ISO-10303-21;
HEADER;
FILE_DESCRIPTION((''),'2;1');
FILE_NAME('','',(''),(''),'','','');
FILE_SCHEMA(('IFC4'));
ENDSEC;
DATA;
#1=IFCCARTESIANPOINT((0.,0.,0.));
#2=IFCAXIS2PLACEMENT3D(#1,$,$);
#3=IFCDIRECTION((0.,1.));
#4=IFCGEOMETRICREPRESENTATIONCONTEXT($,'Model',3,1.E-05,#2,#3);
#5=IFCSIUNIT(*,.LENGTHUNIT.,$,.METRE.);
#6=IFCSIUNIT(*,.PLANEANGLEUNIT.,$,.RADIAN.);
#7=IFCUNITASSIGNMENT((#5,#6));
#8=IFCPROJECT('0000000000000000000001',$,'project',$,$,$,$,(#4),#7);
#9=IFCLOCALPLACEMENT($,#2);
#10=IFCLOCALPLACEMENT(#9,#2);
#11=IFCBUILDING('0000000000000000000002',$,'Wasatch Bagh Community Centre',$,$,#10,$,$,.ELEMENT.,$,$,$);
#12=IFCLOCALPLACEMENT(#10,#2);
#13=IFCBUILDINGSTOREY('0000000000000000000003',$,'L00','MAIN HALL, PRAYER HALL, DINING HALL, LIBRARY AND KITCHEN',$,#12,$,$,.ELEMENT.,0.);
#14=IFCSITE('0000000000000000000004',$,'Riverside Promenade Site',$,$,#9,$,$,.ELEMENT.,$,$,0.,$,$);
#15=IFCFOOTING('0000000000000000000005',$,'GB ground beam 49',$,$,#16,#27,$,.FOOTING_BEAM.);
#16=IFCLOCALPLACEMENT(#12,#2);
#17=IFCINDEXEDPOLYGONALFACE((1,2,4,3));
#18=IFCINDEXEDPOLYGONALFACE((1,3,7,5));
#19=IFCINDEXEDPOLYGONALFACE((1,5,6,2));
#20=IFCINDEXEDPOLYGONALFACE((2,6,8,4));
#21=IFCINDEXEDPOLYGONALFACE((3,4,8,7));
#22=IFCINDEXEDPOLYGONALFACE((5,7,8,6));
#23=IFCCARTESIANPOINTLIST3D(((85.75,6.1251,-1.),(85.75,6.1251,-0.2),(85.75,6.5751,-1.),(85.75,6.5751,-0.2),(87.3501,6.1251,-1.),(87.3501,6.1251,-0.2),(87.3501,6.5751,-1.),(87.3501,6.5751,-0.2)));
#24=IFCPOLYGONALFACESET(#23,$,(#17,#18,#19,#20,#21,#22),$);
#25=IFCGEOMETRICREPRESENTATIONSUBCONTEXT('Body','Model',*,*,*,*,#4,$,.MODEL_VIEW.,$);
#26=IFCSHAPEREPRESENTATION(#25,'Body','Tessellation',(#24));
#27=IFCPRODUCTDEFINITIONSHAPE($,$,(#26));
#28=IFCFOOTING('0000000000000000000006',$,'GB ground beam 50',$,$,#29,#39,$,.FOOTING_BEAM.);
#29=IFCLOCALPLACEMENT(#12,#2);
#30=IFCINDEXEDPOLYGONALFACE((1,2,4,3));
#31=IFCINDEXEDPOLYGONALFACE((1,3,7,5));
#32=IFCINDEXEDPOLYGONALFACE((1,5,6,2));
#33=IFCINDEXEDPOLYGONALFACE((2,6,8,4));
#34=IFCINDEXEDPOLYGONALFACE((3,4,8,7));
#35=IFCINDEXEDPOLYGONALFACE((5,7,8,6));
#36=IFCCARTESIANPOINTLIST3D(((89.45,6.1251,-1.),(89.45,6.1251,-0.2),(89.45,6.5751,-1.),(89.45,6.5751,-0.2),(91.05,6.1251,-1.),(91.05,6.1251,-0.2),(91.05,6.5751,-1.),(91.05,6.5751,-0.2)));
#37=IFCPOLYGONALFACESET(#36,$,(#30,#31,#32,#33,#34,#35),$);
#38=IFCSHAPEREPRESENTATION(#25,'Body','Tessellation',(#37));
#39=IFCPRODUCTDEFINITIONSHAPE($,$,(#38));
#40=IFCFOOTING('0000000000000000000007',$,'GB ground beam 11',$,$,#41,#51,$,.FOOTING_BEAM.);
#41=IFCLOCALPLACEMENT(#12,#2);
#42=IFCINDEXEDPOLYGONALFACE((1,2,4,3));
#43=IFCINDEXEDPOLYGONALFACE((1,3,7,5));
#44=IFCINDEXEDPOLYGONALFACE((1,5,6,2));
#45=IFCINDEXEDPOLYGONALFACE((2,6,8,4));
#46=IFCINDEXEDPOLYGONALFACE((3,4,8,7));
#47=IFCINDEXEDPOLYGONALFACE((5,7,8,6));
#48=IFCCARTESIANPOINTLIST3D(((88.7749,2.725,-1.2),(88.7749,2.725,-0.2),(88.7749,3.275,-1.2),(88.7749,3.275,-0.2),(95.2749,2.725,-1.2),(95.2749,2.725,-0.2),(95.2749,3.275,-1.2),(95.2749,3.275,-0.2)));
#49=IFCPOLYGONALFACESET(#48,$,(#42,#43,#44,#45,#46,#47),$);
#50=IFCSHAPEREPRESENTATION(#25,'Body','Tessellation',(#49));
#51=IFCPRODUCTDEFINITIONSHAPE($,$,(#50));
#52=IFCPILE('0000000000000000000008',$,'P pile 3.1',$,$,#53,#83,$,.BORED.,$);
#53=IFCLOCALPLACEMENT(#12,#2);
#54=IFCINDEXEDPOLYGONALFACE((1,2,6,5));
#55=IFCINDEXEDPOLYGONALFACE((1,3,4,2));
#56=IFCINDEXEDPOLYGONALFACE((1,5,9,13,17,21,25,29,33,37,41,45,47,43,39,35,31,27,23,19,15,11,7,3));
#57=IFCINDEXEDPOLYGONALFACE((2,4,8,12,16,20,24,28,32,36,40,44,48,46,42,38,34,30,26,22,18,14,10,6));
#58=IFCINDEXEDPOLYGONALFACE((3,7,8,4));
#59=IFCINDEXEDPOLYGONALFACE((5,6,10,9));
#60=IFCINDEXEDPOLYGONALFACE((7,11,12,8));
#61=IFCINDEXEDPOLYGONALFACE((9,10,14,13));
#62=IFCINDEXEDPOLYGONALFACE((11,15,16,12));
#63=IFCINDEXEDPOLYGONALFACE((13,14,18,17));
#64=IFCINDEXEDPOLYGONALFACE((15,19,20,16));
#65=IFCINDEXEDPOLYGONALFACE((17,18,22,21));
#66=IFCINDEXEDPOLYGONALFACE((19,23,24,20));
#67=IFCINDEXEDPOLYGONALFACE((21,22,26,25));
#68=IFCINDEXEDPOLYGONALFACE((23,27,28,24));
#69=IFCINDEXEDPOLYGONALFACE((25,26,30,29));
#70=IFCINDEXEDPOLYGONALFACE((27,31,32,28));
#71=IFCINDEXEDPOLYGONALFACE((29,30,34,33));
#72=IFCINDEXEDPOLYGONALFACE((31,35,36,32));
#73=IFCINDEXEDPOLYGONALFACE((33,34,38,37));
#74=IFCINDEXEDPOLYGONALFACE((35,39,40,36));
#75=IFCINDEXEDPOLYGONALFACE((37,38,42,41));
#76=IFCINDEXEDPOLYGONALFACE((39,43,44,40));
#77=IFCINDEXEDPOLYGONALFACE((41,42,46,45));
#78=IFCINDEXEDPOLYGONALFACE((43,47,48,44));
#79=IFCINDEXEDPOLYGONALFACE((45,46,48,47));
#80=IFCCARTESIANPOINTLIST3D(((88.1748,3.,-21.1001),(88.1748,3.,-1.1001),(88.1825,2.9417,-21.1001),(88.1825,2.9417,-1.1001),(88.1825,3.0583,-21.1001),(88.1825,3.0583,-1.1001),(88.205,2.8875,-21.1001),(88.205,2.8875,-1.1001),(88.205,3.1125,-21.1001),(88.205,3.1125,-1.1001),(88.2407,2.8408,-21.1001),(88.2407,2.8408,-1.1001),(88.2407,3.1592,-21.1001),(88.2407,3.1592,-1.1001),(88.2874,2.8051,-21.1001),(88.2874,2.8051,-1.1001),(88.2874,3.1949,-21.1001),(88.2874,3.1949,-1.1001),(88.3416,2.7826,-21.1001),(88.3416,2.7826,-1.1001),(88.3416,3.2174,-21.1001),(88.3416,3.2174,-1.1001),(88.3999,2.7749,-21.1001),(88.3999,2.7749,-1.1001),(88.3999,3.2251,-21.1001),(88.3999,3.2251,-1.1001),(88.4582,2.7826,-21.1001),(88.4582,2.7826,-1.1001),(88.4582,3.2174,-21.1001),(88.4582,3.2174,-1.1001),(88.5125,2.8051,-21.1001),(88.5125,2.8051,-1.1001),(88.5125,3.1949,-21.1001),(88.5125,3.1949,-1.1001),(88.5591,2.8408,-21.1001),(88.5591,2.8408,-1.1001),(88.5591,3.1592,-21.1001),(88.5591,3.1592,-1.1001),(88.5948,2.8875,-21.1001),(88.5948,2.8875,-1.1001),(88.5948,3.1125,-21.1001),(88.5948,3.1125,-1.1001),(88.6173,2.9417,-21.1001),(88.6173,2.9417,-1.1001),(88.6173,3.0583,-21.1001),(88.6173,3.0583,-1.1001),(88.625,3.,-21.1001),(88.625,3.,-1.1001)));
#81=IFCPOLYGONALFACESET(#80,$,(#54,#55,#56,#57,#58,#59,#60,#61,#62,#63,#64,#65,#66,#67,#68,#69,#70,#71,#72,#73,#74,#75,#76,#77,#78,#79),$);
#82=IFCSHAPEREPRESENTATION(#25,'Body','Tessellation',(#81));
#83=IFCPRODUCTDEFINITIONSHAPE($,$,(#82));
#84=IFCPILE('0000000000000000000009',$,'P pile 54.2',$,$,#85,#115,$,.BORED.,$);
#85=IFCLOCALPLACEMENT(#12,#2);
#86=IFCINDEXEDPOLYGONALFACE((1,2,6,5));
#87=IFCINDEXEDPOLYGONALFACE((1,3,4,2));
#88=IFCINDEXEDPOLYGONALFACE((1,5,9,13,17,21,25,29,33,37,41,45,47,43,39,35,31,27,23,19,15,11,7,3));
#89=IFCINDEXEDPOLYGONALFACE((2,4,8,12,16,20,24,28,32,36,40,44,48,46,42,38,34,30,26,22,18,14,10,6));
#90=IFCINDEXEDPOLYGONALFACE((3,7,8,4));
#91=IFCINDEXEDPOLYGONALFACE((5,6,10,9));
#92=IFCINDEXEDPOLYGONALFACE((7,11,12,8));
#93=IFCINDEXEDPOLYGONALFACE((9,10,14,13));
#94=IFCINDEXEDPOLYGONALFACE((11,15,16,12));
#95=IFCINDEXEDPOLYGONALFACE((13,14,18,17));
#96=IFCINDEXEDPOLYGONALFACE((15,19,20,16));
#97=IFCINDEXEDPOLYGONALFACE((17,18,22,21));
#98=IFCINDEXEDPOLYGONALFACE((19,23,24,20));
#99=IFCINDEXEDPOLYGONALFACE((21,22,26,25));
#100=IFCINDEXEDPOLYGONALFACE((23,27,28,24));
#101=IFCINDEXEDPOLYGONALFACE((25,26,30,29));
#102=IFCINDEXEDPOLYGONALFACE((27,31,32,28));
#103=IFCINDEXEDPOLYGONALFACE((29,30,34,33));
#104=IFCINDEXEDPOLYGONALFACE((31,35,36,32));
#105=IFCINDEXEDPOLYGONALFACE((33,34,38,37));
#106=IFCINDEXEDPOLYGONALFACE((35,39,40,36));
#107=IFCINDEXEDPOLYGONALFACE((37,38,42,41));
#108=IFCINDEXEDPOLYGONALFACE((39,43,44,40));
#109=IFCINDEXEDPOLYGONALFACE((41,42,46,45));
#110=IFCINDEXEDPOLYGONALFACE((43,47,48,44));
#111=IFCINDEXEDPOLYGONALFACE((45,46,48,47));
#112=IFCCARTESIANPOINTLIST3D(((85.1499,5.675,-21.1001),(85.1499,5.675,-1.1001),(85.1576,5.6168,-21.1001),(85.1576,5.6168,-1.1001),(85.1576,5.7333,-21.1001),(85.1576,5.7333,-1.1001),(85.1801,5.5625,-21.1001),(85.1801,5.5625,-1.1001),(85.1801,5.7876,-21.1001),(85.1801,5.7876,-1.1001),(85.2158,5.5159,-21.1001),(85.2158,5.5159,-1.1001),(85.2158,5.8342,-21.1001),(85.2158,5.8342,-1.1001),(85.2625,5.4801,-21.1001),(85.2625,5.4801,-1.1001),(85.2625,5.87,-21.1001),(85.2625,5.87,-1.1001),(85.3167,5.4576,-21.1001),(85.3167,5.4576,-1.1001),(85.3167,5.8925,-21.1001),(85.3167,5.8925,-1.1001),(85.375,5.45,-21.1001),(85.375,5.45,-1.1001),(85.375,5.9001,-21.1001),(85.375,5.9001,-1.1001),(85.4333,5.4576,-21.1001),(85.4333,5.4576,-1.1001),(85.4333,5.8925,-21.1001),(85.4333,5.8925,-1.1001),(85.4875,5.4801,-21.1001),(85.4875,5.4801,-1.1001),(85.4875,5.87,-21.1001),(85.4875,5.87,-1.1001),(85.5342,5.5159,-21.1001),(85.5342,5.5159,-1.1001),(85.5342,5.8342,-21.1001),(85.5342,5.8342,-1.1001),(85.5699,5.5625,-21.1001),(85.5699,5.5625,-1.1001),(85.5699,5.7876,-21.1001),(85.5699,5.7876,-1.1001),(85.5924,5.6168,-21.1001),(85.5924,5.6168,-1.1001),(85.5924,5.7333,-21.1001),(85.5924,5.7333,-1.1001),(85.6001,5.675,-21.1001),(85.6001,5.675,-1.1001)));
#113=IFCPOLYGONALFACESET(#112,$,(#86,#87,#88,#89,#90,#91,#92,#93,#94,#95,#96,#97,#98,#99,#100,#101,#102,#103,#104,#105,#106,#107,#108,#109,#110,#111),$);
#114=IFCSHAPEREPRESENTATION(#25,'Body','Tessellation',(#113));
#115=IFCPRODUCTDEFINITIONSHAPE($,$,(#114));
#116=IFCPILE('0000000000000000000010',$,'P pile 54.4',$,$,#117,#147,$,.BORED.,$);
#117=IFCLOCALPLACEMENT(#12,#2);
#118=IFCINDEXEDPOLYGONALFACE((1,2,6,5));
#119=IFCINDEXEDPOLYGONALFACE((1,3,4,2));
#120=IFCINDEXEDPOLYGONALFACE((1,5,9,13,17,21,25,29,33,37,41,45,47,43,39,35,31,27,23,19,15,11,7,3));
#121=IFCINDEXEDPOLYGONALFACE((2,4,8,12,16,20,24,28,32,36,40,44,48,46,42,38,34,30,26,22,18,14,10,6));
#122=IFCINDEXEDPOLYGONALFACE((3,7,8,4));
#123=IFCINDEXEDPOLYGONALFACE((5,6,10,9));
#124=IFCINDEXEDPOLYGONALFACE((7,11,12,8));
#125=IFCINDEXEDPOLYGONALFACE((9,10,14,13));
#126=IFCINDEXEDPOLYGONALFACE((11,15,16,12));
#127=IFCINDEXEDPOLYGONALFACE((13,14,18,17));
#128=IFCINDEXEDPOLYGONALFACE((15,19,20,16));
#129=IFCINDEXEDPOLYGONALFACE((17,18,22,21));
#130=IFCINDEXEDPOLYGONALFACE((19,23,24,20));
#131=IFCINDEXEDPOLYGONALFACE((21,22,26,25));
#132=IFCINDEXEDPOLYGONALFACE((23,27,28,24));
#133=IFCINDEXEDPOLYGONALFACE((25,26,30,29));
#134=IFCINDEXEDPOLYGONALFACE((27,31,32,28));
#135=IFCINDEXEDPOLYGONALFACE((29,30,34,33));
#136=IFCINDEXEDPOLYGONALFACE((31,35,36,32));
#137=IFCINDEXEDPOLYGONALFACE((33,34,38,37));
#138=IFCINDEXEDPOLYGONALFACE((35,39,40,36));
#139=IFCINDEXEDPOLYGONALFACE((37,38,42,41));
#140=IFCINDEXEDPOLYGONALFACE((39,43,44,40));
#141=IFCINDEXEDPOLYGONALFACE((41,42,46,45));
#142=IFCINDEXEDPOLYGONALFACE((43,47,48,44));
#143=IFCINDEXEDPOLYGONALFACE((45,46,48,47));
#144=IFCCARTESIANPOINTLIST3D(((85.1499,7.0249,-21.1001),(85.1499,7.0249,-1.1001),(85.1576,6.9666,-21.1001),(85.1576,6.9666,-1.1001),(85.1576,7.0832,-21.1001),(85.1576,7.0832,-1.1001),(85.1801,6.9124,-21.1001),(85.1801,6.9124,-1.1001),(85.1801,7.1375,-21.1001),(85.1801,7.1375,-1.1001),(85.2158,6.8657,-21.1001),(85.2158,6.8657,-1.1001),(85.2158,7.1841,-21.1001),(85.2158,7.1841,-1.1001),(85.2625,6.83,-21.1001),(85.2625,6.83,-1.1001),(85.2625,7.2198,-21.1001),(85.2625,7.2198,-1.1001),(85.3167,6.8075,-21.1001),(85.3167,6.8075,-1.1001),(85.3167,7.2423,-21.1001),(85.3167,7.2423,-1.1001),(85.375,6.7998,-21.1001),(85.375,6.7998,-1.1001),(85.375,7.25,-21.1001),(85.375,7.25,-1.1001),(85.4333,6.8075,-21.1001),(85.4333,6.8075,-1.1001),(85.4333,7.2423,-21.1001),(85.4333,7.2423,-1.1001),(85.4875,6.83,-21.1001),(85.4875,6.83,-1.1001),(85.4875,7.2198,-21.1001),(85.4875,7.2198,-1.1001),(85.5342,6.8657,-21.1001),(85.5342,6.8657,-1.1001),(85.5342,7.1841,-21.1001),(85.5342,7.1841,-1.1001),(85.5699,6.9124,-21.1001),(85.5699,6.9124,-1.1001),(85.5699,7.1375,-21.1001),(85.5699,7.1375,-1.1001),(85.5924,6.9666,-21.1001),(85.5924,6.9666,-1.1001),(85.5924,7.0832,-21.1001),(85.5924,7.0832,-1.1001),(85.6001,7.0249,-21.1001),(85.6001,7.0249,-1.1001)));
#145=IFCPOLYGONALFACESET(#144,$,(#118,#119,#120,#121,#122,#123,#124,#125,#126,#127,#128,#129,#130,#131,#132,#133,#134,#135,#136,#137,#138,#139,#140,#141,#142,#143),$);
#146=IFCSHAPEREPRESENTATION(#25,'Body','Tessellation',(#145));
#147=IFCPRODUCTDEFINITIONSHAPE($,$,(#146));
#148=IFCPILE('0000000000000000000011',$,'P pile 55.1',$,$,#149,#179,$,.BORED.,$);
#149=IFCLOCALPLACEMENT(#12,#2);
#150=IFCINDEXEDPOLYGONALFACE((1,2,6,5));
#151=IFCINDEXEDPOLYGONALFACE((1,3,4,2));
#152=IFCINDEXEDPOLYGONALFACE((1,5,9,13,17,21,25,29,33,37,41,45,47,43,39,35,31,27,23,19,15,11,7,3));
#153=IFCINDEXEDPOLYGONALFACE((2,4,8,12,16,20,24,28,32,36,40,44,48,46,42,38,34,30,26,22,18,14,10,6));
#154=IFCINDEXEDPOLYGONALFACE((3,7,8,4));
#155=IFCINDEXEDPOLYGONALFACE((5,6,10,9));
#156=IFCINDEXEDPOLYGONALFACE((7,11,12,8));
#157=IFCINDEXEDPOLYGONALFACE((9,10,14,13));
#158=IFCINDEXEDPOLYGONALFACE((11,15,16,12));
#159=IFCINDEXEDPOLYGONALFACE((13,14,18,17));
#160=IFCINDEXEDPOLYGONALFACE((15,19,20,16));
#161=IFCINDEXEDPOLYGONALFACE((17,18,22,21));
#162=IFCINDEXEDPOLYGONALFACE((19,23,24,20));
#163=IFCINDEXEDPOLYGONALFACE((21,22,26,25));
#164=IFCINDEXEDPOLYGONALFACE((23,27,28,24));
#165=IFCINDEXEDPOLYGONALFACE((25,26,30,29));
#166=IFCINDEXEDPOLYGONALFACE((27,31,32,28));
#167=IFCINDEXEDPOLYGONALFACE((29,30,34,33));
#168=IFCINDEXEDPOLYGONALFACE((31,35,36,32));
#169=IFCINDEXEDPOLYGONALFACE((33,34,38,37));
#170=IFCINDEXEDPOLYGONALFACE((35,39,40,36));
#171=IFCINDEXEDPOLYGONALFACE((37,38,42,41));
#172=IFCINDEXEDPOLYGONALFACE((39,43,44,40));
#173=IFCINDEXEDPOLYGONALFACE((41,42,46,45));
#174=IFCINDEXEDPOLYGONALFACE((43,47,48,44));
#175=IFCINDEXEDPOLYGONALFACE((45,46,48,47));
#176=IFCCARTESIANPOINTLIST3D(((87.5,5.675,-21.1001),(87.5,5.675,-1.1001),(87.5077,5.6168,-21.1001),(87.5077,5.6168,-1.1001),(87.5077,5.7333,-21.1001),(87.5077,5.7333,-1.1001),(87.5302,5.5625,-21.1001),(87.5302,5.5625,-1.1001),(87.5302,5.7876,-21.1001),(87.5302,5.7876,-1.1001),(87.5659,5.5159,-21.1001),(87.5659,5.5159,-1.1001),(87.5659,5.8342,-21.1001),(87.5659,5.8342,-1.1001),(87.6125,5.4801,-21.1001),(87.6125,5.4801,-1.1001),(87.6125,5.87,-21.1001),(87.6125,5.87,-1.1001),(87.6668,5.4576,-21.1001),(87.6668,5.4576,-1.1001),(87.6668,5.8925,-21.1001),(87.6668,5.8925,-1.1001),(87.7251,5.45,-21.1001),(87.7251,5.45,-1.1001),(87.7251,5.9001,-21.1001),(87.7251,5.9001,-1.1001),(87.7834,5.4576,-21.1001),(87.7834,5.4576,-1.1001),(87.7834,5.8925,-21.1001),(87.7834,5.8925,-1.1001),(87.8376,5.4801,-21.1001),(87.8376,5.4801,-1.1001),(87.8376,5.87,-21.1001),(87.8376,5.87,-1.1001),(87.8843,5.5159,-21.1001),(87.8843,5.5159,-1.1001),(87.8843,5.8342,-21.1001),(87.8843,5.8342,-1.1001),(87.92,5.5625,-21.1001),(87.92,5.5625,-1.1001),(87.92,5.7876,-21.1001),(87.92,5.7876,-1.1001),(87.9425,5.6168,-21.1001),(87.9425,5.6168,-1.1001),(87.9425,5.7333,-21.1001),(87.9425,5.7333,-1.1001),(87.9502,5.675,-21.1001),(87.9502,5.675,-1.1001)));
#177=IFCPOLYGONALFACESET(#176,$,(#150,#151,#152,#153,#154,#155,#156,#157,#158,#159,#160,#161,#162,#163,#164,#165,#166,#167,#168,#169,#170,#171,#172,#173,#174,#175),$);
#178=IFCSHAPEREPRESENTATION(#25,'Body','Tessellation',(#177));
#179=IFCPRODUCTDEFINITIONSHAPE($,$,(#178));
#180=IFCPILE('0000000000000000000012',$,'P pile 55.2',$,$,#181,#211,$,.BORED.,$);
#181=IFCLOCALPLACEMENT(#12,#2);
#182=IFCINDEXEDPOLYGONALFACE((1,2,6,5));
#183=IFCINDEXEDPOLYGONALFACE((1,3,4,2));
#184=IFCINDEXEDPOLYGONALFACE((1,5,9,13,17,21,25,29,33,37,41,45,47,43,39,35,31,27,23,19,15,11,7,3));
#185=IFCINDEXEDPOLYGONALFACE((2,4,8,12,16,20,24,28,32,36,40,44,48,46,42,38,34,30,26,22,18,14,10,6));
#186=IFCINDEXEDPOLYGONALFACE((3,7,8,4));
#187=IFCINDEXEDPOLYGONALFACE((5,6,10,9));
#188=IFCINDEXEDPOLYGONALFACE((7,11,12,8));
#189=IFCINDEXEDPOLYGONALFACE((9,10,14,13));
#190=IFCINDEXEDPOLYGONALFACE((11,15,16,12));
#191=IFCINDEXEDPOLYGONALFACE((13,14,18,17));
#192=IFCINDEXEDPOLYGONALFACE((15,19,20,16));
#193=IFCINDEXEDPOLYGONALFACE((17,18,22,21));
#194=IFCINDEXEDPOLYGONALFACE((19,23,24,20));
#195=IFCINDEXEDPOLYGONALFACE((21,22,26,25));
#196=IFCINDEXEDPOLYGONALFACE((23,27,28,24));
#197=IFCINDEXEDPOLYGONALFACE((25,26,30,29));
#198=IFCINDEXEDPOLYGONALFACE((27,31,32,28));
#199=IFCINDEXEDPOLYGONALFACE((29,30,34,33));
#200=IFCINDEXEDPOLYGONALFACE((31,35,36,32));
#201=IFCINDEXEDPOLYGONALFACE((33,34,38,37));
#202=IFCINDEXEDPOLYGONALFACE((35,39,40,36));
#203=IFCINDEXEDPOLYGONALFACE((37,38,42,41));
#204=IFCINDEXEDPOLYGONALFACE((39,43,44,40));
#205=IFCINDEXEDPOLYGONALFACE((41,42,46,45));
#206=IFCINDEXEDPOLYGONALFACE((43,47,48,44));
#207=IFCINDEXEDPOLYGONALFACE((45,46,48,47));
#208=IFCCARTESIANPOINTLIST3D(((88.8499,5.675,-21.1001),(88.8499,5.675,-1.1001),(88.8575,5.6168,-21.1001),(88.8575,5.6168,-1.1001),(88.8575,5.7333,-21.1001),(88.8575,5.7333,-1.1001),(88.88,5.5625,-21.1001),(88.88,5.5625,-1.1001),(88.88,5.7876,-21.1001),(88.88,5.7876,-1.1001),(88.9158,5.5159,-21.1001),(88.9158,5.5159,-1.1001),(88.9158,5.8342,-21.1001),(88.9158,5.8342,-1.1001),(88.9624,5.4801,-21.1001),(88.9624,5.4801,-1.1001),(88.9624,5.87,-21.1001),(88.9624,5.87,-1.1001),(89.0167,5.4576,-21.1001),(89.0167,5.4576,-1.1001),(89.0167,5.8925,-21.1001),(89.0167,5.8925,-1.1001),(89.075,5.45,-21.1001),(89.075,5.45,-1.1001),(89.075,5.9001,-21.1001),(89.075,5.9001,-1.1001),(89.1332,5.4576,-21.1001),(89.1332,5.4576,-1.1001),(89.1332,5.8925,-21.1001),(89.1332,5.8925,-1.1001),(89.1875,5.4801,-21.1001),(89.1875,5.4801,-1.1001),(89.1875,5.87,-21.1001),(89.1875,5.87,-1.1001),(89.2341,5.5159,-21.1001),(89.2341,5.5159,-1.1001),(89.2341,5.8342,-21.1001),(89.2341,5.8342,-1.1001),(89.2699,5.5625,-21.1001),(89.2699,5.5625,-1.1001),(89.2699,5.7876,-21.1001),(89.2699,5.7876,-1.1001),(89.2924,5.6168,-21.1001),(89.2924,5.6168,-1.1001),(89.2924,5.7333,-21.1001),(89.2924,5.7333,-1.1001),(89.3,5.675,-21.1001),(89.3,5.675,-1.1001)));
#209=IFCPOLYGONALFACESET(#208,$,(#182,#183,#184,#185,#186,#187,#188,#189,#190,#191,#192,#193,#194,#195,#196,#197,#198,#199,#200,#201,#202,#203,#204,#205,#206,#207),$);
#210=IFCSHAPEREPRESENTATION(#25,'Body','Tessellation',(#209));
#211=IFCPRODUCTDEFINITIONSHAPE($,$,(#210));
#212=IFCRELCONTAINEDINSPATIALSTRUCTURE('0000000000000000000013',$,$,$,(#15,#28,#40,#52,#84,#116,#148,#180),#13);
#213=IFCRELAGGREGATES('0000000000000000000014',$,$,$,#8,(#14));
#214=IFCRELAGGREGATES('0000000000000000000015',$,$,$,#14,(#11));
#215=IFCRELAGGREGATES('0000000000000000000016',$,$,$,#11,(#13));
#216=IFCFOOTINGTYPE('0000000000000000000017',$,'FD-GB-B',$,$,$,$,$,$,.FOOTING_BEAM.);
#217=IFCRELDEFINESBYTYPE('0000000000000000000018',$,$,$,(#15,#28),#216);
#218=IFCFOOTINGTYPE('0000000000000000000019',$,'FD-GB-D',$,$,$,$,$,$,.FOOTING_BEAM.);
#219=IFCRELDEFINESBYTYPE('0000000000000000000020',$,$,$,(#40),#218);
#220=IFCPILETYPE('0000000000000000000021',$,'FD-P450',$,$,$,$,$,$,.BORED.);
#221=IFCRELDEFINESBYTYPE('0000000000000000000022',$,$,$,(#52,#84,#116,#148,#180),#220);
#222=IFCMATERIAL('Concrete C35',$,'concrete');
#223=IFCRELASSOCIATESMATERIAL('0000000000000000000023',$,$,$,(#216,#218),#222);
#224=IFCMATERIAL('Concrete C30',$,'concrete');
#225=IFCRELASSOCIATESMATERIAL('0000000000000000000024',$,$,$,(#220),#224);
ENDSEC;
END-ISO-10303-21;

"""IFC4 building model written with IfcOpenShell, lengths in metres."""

from ifc_helpers import new_model, si_unit, direction, frame, origin, origin_2d, place, context, subcontext, project, spatial, rectangle, circle, extrude, material, material_profile, profile_set, type_object, element, save


model = new_model("IFC4")

# Units and contexts
model_context = context("Model", 3, precision=1e-05, world=origin(), true_north=direction((0.0, 1.0)))
body_context = subcontext(model_context, "Body", "Model", "MODEL_VIEW")
ifc_project = project(units=[si_unit("LENGTHUNIT", "METRE"), si_unit("PLANEANGLEUNIT", "RADIAN")], contexts=[model_context])

# Site, building, storey
site_placement = place(None, origin())
site = spatial("IfcSite", under=ifc_project, at=site_placement, Name="Riverside Promenade Site", CompositionType="ELEMENT", RefElevation=0.0)
building_placement = place(site_placement, origin())
building = spatial("IfcBuilding", under=site, at=building_placement, Name="Wasatch Bagh Community Centre", CompositionType="ELEMENT")
storey_placement = place(building_placement, origin())
storey = spatial("IfcBuildingStorey", under=building, at=storey_placement, Name="L00", Description="MAIN HALL, PRAYER HALL, DINING HALL, LIBRARY AND KITCHEN", CompositionType="ELEMENT", Elevation=0.0)

# Footings
ifc_material_1 = material(Name="Concrete C35", Category="concrete")
footing_type_1 = type_object("IfcFootingType", Name="FD-GB-B", PredefinedType="FOOTING_BEAM", material=ifc_material_1)
for number, where, z_axis, x_axis, name in (
    (1, (86.55, 6.3501, -1.0), (0.0, 0.0, 1.0), (1.0, 0.0, 0.0), "GB ground beam 49"),
    (2, (90.25, 6.3501, -1.0), (0.0, 0.0, 1.0), (1.0, 0.0, 0.0), "GB ground beam 50"),
):
    element("IfcFooting", number, at=place(storey_placement, frame(where, z_axis=z_axis, x_axis=x_axis)), inside=storey, type_object=footing_type_1, Name=name, PredefinedType="FOOTING_BEAM", context=body_context, shape_type="SweptSolid", body=[
        extrude(rectangle(XDim=1.6001, YDim=0.45, at=origin_2d()), origin(), (0.0, 0.0, 1.0), 0.8),
    ])
footing_type_2 = type_object("IfcFootingType", Name="FD-GB-D", PredefinedType="FOOTING_BEAM", material=ifc_material_1)
footing_1_placement = place(storey_placement, frame((92.0249, 3.0, -1.2), z_axis=(0.0, 0.0, 1.0), x_axis=(1.0, 0.0, 0.0)))
element("IfcFooting", 3, at=footing_1_placement, inside=storey, type_object=footing_type_2, Name="GB ground beam 11", PredefinedType="FOOTING_BEAM", context=body_context, shape_type="SweptSolid", body=[
    extrude(rectangle(XDim=6.5, YDim=0.55, at=origin_2d()), origin(), (0.0, 0.0, 1.0), 1.0),
])

# Piles
ifc_material_2 = material(Name="Concrete C30", Category="concrete")
ifc_material_profile_1 = material_profile(ifc_material_2, circle(Radius=0.2251, at=origin_2d()), Name="RC D450")
ifc_profile_set_1 = profile_set([ifc_material_profile_1], Name="Concrete C30")
pile_type = type_object("IfcPileType", Name="FD-P450", PredefinedType="BORED", material=ifc_profile_set_1)
for number, where, z_axis, x_axis, name in (
    (4, (88.3999, 3.0, -1.1001), (0.0, 0.0, -1.0), (1.0, 0.0, 0.0), "P pile 3.1"),
    (5, (85.375, 5.675, -1.1001), (0.0, 0.0, -1.0), (1.0, 0.0, 0.0), "P pile 54.2"),
    (6, (85.375, 7.0249, -1.1001), (0.0, 0.0, -1.0), (1.0, 0.0, 0.0), "P pile 54.4"),
    (7, (87.7251, 5.675, -1.1001), (0.0, 0.0, -1.0), (1.0, 0.0, 0.0), "P pile 55.1"),
    (8, (89.075, 5.675, -1.1001), (0.0, 0.0, -1.0), (1.0, 0.0, 0.0), "P pile 55.2"),
):
    element("IfcPile", number, at=place(storey_placement, frame(where, z_axis=z_axis, x_axis=x_axis)), inside=storey, type_object=pile_type, Name=name, PredefinedType="BORED", context=body_context, shape_type="SweptSolid", body=[
        extrude(circle(Radius=0.2251, at=origin_2d()), origin(), (0.0, 0.0, 1.0), 20.0),
    ])

save(model, "model.ifc")
